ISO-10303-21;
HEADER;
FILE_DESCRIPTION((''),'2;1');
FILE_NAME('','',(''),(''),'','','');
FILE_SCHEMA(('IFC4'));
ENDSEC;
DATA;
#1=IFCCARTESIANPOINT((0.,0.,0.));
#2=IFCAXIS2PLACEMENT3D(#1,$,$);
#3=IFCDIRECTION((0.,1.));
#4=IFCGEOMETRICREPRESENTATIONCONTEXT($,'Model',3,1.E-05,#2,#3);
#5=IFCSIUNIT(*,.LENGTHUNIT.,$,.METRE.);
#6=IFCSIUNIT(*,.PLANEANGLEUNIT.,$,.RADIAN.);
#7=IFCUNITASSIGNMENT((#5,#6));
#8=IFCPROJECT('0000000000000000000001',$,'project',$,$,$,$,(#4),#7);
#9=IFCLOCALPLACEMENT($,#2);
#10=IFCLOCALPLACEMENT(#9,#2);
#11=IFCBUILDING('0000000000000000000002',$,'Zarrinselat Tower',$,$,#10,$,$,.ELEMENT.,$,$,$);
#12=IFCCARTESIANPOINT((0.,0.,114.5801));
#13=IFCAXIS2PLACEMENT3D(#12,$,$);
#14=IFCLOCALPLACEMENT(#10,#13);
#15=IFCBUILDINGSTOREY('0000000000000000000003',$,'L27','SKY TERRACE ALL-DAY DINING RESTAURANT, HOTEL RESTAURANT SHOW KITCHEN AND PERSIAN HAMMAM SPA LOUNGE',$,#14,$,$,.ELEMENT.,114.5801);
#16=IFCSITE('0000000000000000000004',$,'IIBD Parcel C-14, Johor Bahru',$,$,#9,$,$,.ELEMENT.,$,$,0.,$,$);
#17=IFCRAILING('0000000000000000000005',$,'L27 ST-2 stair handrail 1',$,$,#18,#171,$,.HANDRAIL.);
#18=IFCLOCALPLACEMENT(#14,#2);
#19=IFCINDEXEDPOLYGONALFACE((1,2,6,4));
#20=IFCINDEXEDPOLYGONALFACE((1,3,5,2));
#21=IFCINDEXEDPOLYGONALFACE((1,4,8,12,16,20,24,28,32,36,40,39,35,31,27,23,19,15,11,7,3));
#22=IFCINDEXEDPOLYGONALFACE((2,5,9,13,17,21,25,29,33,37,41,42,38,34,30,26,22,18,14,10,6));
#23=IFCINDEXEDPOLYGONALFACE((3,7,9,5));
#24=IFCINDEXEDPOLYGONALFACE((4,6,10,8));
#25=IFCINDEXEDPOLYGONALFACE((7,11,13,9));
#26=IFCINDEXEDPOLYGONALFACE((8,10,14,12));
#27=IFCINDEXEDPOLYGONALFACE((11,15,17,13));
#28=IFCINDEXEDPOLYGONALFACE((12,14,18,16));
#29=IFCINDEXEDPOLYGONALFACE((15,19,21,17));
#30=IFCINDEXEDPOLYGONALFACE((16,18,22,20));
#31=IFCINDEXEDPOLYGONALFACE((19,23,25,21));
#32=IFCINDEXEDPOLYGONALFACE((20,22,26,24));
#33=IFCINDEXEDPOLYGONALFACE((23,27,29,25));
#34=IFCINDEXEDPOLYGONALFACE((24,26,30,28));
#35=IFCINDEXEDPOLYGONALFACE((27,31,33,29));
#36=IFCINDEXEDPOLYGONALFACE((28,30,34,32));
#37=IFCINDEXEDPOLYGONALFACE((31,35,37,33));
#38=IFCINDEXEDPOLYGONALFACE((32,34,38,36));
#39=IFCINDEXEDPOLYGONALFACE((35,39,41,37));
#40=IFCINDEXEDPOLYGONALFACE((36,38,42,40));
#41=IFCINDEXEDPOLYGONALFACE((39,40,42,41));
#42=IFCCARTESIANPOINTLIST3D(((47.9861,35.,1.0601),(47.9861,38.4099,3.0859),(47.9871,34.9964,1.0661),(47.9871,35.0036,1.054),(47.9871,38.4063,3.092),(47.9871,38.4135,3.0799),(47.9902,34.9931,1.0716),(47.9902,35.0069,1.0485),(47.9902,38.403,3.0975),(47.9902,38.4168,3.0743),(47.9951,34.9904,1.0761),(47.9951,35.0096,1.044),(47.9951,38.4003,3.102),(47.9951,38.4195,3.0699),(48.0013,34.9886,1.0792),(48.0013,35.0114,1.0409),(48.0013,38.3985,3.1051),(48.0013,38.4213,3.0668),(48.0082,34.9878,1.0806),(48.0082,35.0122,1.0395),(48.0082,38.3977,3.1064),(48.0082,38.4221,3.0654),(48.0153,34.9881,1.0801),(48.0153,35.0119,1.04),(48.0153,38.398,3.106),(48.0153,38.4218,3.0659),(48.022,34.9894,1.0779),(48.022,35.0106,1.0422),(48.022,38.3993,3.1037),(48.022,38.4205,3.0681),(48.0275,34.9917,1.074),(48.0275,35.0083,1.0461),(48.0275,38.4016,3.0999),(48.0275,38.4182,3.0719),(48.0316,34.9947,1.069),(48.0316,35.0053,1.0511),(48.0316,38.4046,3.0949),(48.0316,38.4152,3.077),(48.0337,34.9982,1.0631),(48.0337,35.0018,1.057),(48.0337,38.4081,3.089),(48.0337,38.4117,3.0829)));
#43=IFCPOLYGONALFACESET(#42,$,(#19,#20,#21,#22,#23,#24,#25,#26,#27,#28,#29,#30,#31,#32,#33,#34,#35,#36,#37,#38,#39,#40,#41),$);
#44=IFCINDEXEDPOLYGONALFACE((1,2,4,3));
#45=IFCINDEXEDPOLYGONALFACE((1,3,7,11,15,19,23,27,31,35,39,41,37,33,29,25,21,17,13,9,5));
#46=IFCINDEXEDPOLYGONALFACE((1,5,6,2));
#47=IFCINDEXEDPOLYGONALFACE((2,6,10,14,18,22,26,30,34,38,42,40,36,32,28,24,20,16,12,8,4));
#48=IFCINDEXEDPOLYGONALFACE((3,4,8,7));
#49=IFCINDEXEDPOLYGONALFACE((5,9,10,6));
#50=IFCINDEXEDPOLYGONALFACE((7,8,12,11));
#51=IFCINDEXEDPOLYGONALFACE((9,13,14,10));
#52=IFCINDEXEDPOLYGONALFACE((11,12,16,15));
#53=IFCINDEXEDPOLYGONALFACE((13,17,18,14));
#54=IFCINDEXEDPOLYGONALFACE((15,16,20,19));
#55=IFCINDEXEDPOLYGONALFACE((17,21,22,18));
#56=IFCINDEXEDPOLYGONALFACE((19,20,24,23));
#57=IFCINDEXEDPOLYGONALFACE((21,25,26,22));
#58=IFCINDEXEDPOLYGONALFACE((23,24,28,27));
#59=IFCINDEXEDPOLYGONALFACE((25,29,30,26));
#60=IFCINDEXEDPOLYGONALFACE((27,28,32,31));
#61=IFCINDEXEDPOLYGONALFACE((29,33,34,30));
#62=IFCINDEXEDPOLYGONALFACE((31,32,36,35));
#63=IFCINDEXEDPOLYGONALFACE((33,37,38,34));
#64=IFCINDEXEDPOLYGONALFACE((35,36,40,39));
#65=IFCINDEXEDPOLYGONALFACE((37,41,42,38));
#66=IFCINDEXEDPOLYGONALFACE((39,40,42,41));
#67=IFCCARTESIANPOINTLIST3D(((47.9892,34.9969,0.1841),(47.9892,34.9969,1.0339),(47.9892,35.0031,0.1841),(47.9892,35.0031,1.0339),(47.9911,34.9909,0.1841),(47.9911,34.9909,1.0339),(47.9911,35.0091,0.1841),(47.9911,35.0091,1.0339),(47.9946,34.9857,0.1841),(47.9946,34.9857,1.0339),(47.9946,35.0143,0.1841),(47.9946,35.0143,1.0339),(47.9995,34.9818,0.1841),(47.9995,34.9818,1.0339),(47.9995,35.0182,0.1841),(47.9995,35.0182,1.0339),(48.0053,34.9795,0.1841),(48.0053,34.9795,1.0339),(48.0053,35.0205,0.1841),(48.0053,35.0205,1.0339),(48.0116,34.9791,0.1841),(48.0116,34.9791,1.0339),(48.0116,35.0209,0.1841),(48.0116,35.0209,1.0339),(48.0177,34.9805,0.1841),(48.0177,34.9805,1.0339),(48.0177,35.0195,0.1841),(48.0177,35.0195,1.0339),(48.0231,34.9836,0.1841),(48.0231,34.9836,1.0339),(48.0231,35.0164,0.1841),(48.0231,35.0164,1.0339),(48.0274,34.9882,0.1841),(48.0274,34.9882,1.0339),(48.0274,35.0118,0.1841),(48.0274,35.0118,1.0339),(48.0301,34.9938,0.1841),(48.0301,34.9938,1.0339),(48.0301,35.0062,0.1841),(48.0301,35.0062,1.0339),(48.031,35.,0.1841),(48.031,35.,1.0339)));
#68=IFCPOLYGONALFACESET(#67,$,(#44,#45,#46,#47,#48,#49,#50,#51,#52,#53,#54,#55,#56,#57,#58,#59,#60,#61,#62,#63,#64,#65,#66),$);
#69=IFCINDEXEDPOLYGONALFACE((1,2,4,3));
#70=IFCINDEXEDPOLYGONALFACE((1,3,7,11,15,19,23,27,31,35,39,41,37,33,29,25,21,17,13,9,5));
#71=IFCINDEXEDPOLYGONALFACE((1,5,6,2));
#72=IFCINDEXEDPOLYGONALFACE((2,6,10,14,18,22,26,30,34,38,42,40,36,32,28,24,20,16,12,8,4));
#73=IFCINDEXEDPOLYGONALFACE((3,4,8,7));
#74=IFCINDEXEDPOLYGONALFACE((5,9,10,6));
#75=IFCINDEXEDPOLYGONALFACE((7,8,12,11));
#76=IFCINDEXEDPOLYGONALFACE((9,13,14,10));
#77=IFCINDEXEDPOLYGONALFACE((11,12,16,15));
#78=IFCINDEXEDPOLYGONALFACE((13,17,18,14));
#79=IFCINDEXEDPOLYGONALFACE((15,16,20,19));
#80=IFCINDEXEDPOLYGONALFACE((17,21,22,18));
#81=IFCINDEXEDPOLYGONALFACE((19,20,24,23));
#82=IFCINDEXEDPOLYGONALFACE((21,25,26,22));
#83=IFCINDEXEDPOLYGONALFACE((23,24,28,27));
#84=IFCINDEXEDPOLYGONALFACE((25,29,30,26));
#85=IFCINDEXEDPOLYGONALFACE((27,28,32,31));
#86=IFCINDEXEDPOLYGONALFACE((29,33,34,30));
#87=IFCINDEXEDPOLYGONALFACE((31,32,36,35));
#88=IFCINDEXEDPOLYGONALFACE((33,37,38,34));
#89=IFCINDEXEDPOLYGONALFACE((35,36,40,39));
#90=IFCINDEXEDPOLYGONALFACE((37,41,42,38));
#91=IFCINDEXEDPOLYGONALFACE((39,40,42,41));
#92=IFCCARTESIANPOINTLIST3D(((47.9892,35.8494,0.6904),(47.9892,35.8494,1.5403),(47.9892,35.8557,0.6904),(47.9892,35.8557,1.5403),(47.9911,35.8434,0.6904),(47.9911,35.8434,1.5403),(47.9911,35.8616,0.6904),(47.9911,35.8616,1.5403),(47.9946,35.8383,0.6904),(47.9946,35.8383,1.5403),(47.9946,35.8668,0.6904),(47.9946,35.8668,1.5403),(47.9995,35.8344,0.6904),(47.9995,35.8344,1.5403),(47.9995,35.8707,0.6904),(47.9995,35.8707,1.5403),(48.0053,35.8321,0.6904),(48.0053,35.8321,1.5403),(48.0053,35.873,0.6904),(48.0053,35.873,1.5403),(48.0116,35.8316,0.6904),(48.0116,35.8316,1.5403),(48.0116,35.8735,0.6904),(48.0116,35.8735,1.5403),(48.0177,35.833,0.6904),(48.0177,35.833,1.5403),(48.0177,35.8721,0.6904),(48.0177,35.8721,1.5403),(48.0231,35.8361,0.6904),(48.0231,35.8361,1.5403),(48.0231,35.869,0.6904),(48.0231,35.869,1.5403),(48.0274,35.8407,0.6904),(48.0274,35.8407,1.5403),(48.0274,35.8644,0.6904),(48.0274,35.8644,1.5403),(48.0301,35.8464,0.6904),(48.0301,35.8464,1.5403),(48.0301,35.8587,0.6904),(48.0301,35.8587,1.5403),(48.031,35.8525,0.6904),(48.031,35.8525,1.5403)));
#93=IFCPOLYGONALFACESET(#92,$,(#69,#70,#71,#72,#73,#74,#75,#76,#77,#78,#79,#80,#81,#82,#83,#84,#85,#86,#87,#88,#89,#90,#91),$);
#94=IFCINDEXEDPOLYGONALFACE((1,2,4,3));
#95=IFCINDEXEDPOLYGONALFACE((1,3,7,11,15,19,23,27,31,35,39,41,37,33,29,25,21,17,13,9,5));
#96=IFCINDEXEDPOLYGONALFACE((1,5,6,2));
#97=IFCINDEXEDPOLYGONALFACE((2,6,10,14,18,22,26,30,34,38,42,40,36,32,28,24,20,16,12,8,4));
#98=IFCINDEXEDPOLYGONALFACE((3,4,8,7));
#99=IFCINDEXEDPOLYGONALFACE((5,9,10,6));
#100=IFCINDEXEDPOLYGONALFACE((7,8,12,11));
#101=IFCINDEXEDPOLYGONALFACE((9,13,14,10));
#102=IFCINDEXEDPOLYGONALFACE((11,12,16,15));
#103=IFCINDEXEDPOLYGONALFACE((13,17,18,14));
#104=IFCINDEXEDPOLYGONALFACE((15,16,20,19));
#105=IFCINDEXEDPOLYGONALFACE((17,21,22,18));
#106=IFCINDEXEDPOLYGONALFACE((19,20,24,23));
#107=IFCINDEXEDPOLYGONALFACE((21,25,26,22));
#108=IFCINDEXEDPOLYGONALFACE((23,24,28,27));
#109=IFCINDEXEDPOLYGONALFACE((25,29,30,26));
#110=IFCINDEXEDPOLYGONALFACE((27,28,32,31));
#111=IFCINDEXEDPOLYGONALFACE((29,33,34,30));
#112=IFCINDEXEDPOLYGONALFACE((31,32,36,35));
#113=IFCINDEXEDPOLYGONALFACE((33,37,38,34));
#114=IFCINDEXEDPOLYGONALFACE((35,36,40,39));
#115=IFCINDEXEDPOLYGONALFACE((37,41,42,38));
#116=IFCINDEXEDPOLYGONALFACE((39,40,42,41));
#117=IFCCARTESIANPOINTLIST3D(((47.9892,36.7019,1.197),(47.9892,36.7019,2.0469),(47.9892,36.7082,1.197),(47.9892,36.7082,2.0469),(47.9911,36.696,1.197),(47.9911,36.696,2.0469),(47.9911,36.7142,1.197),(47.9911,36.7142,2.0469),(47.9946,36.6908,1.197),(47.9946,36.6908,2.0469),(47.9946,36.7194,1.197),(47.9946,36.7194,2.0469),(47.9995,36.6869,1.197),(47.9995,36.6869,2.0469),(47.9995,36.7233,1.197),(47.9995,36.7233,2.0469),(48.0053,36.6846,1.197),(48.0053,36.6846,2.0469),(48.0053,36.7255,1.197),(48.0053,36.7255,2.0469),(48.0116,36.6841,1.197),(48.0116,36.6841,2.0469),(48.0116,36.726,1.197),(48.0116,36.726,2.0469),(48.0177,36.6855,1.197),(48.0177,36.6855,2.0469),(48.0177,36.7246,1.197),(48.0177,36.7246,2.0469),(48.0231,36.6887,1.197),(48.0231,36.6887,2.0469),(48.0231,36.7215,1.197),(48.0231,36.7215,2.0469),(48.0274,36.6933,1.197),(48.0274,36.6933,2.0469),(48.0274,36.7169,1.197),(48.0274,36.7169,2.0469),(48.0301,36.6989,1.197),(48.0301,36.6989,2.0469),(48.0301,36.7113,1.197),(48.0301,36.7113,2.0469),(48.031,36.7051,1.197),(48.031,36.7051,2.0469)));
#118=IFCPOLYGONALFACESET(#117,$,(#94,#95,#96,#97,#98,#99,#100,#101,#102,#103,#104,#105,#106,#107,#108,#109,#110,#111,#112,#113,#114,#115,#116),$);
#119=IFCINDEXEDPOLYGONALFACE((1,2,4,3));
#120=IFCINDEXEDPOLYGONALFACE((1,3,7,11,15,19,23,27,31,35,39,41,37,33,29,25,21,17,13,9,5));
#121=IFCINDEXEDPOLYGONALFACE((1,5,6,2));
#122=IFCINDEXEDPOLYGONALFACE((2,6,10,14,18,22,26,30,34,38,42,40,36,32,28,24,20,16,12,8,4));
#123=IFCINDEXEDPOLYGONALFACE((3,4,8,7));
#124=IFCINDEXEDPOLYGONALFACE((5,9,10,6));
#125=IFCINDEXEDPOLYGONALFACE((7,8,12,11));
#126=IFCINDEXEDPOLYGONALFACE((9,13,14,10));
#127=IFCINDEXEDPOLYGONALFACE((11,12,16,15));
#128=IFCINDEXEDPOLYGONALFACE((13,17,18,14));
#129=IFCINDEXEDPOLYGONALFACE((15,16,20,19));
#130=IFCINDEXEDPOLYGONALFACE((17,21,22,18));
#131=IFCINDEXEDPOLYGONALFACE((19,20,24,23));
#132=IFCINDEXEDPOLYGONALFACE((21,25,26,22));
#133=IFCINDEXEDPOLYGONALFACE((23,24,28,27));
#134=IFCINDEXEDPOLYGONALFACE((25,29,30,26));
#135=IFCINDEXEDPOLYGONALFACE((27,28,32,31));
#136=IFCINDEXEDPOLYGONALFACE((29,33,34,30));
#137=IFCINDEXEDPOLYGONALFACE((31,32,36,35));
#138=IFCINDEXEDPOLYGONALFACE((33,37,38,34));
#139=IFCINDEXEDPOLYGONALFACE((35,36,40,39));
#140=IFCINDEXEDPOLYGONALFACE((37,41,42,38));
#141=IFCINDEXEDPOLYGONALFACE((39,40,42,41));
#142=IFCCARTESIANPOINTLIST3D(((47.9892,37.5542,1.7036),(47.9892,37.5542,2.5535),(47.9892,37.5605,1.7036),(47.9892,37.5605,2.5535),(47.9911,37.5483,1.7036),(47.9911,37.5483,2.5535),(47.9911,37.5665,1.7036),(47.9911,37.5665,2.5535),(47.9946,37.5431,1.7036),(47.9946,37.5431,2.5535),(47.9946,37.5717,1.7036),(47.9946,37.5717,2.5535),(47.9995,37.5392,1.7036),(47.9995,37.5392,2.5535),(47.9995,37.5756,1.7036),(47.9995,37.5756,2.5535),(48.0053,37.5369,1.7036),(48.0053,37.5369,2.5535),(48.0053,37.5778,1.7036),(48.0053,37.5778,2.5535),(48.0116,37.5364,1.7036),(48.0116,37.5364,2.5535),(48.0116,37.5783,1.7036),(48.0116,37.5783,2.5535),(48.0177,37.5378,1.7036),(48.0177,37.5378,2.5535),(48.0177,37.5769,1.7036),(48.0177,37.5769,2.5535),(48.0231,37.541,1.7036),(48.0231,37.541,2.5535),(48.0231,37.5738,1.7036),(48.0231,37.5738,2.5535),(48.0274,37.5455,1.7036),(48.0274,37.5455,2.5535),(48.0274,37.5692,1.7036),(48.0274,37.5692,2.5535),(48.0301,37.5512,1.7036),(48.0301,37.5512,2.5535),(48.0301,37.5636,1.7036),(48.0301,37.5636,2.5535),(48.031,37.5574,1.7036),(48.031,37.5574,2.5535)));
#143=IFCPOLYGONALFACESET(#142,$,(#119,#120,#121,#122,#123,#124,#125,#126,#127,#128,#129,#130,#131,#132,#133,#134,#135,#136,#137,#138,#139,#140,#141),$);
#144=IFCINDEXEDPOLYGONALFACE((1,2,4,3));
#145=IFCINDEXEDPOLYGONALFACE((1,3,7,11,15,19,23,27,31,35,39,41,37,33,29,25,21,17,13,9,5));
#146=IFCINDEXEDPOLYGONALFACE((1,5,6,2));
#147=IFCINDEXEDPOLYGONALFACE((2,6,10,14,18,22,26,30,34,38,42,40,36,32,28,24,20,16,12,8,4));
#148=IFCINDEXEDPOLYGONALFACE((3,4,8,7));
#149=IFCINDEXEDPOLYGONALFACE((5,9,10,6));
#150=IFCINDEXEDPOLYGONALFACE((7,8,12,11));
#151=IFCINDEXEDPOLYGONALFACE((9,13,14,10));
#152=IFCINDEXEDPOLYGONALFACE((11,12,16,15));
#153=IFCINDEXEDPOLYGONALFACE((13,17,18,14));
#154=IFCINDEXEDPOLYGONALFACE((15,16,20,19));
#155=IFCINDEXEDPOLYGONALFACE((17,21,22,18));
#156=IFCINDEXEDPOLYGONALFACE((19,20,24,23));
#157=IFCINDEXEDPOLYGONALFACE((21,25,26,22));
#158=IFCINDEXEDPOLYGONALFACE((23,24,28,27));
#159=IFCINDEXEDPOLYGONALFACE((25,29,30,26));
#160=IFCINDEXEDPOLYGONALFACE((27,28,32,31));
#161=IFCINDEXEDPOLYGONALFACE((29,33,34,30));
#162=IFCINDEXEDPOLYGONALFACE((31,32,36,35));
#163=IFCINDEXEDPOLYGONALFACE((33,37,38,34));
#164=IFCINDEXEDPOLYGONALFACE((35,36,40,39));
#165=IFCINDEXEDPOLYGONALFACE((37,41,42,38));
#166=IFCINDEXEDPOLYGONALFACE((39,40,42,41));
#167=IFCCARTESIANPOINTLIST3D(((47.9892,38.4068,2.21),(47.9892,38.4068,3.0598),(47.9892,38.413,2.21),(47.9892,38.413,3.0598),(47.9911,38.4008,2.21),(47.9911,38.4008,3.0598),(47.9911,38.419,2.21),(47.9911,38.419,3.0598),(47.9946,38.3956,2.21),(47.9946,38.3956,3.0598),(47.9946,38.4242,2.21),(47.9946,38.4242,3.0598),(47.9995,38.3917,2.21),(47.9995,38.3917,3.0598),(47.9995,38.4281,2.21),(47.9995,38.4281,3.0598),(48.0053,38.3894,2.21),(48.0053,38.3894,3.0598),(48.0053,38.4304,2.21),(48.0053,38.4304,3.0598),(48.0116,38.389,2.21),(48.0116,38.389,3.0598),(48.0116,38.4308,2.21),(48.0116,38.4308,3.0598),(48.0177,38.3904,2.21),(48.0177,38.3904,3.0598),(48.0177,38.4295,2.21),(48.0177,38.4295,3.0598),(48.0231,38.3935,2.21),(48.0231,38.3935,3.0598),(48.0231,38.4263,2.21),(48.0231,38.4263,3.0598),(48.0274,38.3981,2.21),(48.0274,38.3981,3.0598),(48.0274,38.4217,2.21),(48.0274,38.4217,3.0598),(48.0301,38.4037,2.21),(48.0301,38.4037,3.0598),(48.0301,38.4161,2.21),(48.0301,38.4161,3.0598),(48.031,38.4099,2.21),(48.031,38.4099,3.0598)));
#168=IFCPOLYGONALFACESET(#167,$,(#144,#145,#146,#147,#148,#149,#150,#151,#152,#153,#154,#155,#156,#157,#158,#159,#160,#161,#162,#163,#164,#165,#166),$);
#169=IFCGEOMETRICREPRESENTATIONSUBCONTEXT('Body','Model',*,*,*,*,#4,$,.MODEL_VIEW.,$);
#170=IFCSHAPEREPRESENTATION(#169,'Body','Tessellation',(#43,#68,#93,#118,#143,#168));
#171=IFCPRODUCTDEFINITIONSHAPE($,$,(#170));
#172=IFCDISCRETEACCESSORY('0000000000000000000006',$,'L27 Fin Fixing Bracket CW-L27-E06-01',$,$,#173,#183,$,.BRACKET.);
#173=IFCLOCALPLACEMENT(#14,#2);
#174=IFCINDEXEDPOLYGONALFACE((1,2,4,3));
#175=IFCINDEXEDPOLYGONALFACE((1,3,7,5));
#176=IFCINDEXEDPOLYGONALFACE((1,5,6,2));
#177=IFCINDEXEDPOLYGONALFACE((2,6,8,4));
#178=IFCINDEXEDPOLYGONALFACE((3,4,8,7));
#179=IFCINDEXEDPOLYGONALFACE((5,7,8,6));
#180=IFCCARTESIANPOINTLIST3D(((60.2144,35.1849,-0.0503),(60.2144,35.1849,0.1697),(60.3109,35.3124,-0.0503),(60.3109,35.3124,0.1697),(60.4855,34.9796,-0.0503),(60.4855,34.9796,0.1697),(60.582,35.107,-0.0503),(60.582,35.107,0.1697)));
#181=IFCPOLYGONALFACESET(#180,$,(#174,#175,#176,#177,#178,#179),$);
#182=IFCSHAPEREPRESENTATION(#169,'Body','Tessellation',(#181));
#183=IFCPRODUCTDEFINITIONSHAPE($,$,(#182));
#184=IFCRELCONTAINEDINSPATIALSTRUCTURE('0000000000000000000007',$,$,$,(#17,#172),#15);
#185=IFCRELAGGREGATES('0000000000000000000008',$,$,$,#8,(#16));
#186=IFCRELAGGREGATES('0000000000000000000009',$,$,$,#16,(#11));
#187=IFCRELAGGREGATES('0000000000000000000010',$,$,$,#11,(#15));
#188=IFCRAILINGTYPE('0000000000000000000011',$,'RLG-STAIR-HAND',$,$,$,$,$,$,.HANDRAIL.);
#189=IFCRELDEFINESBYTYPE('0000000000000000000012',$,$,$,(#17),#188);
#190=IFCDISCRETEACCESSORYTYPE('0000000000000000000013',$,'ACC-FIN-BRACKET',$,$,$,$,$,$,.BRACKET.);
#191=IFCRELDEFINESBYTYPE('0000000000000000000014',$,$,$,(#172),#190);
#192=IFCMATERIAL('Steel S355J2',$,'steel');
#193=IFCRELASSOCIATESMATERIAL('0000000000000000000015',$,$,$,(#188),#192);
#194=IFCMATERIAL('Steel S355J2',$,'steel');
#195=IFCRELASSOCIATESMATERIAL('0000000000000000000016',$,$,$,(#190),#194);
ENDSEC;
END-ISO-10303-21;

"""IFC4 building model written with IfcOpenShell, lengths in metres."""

from ifc_helpers import new_model, si_unit, direction, frame, origin, origin_2d, place, context, subcontext, project, spatial, rectangle, circle, extrude, material, type_object, element, save


model = new_model("IFC4")

# Units and contexts
model_context = context("Model", 3, precision=1e-05, world=origin(), true_north=direction((0.0, 1.0)))
body_context = subcontext(model_context, "Body", "Model", "MODEL_VIEW")
ifc_project = project(units=[si_unit("LENGTHUNIT", "METRE"), si_unit("PLANEANGLEUNIT", "RADIAN")], contexts=[model_context])

# Site, building, storey
site_placement = place(None, origin())
site = spatial("IfcSite", under=ifc_project, at=site_placement, Name="IIBD Parcel C-14, Johor Bahru", CompositionType="ELEMENT", RefElevation=0.0)
building_placement = place(site_placement, origin())
building = spatial("IfcBuilding", under=site, at=building_placement, Name="Zarrinselat Tower", CompositionType="ELEMENT")
storey_placement = place(building_placement, frame((0.0, 0.0, 114.5801)))
storey = spatial("IfcBuildingStorey", under=building, at=storey_placement, Name="L27", Description="SKY TERRACE ALL-DAY DINING RESTAURANT, HOTEL RESTAURANT SHOW KITCHEN AND PERSIAN HAMMAM SPA LOUNGE", CompositionType="ELEMENT", Elevation=114.5801)

# Railing
ifc_material_1 = material(Name="Steel S355J2", Category="steel")
railing_type_1 = type_object("IfcRailingType", Name="RLG-STAIR-HAND", PredefinedType="HANDRAIL", material=ifc_material_1)
railing_1_placement = place(storey_placement, frame((48.01, 35.0, 0.1841)))
element("IfcRailing", 1, at=railing_1_placement, inside=storey, type_object=railing_type_1, Name="L27 ST-2 stair handrail 1", PredefinedType="HANDRAIL", context=body_context, shape_type="SweptSolid", body=[
    extrude(circle(Radius=0.0239, at=origin_2d()), frame((0.0, 0.0, 0.876), z_axis=(0.0, 0.859717, 0.510771), x_axis=(-1.0, 0.0, 0.0)), (0.0, 0.0, 1.0), 3.9663),
    extrude(circle(Radius=0.021, at=origin_2d()), origin(), (0.0, 0.0, 1.0), 0.8499),
    extrude(circle(Radius=0.021, at=origin_2d()), frame((0.0, 0.8525, 0.5063)), (0.0, 0.0, 1.0), 0.8499),
    extrude(circle(Radius=0.021, at=origin_2d()), frame((0.0, 1.7051, 1.0129)), (0.0, 0.0, 1.0), 0.8499),
    extrude(circle(Radius=0.021, at=origin_2d()), frame((0.0, 2.5574, 1.5195)), (0.0, 0.0, 1.0), 0.8499),
    extrude(circle(Radius=0.021, at=origin_2d()), frame((0.0, 3.4099, 2.0259)), (0.0, 0.0, 1.0), 0.8499),
])

# Discrete accessory
ifc_material_2 = material(Name="Steel S355J2", Category="steel")
discrete_accessory_type = type_object("IfcDiscreteAccessoryType", Name="ACC-FIN-BRACKET", PredefinedType="BRACKET", material=ifc_material_2)
discrete_accessory_placement = place(storey_placement, frame((60.3982, 35.146, -0.0503), z_axis=(0.0, 0.0, 1.0), x_axis=(0.79709, -0.60386, 0.0)))
element("IfcDiscreteAccessory", 2, at=discrete_accessory_placement, inside=storey, type_object=discrete_accessory_type, Name="L27 Fin Fixing Bracket CW-L27-E06-01", PredefinedType="BRACKET", context=body_context, shape_type="SweptSolid", body=[
    extrude(rectangle(XDim=0.3401, YDim=0.1599, at=origin_2d()), origin(), (0.0, 0.0, 1.0), 0.22),
])

save(model, "model.ifc")
